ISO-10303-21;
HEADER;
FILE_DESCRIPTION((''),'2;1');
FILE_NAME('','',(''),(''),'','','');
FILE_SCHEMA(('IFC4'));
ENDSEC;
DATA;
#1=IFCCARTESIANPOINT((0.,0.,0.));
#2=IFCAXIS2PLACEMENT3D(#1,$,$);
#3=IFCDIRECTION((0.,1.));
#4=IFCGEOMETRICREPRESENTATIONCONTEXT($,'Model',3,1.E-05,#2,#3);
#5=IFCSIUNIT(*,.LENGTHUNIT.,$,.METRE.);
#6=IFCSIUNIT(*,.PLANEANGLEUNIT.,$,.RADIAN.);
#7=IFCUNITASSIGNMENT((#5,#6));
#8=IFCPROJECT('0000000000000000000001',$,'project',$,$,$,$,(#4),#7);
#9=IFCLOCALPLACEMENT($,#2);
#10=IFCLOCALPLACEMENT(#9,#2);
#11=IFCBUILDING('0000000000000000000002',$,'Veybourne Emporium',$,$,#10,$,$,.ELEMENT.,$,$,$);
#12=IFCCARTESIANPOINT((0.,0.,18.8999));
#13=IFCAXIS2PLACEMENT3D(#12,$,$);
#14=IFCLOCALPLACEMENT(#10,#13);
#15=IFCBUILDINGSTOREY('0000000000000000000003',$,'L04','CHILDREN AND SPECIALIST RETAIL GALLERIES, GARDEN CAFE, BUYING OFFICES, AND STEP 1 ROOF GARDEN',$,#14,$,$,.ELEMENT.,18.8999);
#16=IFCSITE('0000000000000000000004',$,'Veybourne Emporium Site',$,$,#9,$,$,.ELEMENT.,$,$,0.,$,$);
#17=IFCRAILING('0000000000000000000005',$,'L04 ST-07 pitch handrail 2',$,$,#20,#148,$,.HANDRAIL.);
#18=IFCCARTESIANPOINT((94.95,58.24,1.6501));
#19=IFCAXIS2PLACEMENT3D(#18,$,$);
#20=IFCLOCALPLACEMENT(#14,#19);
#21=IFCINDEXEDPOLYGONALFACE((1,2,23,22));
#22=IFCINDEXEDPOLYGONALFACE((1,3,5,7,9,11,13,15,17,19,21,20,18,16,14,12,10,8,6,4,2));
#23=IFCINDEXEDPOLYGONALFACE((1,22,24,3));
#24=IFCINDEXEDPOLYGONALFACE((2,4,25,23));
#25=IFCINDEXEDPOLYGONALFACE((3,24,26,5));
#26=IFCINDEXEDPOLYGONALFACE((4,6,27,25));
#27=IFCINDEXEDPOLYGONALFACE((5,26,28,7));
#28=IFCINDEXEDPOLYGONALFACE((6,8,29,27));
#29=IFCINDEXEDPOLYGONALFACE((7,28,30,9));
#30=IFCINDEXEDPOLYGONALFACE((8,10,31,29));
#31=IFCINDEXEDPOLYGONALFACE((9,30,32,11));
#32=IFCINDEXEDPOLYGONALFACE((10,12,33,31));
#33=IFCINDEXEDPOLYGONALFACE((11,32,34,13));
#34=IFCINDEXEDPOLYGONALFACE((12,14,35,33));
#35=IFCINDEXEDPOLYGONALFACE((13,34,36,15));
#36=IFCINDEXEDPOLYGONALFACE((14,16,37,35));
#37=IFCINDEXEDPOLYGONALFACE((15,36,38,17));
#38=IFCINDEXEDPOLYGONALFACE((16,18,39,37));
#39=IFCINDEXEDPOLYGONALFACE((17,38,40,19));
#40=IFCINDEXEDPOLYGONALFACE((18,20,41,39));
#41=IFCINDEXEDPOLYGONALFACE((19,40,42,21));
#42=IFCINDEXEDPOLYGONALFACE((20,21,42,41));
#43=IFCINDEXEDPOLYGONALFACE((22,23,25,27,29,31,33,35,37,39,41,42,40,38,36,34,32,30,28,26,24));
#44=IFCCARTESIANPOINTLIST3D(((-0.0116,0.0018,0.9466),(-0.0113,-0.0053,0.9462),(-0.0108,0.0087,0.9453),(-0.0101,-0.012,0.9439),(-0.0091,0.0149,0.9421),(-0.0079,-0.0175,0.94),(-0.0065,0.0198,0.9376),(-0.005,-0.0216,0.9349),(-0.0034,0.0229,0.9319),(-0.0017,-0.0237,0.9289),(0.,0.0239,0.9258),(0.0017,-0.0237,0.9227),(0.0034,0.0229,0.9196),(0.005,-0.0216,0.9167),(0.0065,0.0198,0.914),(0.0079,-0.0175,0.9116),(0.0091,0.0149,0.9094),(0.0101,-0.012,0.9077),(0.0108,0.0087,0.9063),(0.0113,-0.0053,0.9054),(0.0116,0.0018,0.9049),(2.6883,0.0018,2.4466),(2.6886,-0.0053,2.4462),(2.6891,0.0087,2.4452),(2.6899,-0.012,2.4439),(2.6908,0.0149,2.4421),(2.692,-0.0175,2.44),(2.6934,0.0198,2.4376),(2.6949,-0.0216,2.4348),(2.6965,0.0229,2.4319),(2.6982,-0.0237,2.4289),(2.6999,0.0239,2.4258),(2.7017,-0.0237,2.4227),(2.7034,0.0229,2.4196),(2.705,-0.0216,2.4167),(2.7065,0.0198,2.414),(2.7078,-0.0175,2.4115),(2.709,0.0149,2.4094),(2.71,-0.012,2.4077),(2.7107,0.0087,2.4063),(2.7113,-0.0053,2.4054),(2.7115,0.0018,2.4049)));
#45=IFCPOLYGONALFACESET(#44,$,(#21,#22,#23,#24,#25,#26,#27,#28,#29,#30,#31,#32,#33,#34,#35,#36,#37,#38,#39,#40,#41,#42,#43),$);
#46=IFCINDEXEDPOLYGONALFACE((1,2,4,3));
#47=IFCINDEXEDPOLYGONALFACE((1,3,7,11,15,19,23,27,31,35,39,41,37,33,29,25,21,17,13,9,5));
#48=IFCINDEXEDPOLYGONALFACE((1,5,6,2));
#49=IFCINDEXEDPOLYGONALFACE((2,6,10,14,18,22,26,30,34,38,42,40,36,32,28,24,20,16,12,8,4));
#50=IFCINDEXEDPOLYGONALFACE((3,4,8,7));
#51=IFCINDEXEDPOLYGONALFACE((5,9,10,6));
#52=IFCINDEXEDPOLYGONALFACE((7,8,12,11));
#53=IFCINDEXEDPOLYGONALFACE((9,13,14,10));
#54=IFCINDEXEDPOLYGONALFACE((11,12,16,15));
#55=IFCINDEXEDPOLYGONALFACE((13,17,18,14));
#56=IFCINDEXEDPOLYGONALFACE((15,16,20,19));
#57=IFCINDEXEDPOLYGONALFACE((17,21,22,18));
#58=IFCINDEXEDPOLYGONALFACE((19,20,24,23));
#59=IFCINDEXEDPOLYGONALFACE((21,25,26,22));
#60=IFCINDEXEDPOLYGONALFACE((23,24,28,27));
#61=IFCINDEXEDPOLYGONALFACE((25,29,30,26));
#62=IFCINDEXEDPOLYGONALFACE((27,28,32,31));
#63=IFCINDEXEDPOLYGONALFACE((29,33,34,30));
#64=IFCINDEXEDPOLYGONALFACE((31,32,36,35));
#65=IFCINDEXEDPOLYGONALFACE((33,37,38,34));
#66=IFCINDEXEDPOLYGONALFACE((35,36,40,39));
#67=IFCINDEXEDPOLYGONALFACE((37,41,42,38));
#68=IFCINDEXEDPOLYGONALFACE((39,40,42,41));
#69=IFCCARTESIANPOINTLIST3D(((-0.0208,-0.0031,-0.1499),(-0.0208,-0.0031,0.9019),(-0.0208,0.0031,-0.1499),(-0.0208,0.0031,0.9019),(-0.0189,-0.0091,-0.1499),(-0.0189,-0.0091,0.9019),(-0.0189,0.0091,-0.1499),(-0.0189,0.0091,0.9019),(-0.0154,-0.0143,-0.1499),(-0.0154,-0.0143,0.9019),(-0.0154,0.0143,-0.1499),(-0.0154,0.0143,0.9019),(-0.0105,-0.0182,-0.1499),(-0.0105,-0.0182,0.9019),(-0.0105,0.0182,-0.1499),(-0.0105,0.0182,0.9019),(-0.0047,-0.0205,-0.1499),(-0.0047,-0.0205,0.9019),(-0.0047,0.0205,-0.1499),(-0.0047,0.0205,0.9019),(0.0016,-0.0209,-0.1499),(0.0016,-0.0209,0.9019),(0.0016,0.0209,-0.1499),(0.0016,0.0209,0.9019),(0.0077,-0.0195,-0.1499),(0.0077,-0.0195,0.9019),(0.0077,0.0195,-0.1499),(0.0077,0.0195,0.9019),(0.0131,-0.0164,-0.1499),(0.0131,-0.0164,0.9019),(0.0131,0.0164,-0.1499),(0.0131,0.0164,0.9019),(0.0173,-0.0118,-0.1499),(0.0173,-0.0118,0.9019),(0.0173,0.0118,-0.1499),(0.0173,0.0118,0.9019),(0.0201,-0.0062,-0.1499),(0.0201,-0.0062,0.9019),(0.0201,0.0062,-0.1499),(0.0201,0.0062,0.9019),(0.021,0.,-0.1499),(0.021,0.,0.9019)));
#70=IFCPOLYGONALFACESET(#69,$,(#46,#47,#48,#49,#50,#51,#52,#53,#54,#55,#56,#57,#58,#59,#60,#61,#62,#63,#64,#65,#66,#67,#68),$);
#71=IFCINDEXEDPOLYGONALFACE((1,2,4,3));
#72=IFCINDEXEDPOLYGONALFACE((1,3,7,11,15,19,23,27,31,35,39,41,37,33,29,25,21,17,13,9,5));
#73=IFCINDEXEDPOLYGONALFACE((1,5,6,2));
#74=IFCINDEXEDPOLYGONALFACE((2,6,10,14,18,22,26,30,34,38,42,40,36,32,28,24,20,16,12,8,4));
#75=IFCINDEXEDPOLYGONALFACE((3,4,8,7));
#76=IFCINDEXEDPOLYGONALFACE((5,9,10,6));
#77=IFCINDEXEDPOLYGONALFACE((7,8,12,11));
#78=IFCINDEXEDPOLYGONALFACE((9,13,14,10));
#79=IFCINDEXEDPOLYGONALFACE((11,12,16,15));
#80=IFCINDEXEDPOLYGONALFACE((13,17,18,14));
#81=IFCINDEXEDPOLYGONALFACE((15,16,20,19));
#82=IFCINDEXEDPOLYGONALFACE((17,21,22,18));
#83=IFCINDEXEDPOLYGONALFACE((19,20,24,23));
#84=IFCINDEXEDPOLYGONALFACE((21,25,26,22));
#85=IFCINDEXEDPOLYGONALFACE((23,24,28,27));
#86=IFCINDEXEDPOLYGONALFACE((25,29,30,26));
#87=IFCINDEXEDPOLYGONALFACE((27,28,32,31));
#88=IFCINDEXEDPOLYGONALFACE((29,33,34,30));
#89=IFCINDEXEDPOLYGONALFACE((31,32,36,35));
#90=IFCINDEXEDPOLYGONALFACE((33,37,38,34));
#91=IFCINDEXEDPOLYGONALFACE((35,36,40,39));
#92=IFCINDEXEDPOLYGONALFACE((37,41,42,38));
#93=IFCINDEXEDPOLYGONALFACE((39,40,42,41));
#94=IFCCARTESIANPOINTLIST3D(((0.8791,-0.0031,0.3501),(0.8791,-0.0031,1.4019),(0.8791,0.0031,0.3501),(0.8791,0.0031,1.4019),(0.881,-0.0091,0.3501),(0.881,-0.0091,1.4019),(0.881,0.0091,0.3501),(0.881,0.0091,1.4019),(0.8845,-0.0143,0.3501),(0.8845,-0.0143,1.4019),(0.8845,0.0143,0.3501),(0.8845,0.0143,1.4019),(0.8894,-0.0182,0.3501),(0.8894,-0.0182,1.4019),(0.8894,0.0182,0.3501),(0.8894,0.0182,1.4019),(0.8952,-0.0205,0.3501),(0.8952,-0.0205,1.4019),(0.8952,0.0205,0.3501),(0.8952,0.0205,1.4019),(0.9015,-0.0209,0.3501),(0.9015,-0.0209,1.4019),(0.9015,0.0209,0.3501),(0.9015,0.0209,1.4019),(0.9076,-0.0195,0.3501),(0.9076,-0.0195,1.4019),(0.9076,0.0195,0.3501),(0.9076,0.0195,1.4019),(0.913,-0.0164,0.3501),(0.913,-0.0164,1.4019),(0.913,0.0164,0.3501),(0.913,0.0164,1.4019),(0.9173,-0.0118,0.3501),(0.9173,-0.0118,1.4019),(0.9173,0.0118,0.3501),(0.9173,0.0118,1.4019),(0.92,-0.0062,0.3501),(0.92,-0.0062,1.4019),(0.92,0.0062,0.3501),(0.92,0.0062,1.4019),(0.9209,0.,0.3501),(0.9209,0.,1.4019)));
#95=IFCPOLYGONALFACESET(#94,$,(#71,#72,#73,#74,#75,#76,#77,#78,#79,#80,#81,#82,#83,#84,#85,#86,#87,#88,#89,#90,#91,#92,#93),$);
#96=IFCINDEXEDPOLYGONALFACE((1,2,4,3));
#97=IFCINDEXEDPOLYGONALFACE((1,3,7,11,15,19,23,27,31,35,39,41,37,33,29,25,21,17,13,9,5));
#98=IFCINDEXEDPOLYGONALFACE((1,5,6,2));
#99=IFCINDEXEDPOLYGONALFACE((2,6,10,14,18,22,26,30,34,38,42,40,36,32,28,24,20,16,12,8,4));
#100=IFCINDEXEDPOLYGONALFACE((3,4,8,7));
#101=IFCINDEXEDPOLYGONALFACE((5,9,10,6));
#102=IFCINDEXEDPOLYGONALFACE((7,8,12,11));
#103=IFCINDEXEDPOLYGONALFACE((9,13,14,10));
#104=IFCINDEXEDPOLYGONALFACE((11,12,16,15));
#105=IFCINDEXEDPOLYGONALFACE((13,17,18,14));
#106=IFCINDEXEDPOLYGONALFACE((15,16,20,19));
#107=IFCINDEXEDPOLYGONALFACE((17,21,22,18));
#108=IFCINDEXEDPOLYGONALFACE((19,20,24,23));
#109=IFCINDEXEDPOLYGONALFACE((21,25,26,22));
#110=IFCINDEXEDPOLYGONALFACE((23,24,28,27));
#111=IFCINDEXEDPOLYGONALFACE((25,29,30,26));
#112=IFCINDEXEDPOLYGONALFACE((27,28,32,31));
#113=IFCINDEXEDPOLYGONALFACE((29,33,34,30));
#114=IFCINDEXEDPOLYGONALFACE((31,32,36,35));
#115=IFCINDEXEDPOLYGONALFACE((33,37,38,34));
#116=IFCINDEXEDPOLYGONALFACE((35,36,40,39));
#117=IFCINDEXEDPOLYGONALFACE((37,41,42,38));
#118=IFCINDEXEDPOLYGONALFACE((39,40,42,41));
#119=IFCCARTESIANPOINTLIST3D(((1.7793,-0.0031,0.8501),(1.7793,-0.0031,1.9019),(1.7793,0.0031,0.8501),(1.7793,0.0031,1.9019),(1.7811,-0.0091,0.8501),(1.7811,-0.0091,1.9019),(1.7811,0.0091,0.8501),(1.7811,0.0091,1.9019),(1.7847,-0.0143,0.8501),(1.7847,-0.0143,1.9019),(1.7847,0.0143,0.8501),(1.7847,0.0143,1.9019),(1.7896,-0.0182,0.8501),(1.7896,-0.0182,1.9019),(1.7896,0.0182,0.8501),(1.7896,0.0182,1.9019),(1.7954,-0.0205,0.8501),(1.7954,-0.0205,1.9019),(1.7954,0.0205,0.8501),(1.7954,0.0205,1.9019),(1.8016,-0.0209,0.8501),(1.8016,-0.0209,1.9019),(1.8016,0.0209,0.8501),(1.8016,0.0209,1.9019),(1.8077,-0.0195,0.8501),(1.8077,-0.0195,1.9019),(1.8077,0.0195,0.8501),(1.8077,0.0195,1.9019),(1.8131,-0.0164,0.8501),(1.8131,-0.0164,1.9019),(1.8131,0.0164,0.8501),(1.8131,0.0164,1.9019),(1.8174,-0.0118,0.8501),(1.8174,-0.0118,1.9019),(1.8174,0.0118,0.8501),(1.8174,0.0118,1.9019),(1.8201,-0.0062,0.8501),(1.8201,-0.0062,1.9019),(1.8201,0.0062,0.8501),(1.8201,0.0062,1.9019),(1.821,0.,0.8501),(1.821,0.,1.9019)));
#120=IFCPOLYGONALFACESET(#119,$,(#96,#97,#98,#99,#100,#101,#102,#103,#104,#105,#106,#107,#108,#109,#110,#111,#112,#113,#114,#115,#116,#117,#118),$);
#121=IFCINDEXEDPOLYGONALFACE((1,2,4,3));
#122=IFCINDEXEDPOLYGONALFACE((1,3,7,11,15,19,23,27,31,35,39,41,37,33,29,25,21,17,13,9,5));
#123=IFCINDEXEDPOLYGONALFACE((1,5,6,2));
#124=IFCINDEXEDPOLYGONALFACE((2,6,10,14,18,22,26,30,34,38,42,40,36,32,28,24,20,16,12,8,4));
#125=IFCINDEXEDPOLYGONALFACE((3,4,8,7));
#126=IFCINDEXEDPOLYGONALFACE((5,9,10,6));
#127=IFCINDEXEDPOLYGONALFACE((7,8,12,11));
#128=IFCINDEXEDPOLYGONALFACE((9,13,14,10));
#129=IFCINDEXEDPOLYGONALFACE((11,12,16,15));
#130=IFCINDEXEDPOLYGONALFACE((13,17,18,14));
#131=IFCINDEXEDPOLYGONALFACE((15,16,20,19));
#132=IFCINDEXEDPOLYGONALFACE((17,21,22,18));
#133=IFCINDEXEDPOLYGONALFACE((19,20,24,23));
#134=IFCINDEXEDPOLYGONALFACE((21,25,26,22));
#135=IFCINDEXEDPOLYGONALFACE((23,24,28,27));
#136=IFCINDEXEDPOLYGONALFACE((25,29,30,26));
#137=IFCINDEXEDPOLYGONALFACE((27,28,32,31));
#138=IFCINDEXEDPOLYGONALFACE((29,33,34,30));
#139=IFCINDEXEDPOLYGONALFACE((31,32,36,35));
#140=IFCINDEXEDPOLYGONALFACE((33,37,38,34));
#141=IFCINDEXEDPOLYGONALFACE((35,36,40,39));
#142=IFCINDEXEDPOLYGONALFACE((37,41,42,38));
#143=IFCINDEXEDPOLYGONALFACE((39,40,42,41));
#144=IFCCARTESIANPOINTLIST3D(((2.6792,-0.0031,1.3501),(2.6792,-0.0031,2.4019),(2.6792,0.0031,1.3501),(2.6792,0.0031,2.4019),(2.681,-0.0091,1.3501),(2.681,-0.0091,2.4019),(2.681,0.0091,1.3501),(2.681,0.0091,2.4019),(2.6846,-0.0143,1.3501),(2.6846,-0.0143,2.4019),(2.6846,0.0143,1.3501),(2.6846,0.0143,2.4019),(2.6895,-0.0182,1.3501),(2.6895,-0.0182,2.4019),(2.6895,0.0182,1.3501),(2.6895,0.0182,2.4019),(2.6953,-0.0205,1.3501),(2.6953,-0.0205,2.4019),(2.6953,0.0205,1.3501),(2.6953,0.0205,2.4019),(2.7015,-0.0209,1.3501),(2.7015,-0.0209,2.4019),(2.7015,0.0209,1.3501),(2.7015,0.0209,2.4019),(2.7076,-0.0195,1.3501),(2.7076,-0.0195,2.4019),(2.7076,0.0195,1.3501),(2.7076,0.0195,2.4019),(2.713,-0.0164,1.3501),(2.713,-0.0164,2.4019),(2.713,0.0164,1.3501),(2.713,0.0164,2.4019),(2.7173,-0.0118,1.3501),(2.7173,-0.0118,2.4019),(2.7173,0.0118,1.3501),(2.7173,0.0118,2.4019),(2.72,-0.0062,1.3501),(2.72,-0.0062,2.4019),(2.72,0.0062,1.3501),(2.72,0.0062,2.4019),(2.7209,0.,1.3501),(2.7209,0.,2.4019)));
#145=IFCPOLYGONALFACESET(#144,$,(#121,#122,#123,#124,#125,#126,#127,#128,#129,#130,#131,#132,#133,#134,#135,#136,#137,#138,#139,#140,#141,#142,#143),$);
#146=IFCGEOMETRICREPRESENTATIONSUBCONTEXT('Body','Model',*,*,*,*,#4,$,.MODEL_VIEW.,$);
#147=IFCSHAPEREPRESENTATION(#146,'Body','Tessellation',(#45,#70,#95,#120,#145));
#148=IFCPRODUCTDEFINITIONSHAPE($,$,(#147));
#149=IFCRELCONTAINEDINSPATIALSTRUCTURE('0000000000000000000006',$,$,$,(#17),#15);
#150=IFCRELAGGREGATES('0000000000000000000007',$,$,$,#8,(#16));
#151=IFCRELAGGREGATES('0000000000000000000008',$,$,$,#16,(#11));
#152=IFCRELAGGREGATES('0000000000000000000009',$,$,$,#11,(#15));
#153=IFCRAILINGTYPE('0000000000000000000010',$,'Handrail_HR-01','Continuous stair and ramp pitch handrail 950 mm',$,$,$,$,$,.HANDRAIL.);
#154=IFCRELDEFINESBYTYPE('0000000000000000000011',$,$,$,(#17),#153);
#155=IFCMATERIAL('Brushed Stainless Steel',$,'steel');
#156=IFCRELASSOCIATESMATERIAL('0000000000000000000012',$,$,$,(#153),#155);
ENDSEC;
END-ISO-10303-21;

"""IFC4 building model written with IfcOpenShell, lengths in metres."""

from ifc_helpers import new_model, si_unit, direction, frame, origin, origin_2d, place, context, subcontext, project, spatial, circle, extrude, material, type_object, element, save


model = new_model("IFC4")

# Units and contexts
model_context = context("Model", 3, precision=1e-05, world=origin(), true_north=direction((0.0, 1.0)))
body_context = subcontext(model_context, "Body", "Model", "MODEL_VIEW")
ifc_project = project(units=[si_unit("LENGTHUNIT", "METRE"), si_unit("PLANEANGLEUNIT", "RADIAN")], contexts=[model_context])

# Site, building, storey
site_placement = place(None, origin())
site = spatial("IfcSite", under=ifc_project, at=site_placement, Name="Veybourne Emporium Site", CompositionType="ELEMENT", RefElevation=0.0)
building_placement = place(site_placement, origin())
building = spatial("IfcBuilding", under=site, at=building_placement, Name="Veybourne Emporium", CompositionType="ELEMENT")
storey_placement = place(building_placement, frame((0.0, 0.0, 18.8999)))
storey = spatial("IfcBuildingStorey", under=building, at=storey_placement, Name="L04", Description="CHILDREN AND SPECIALIST RETAIL GALLERIES, GARDEN CAFE, BUYING OFFICES, AND STEP 1 ROOF GARDEN", CompositionType="ELEMENT", Elevation=18.8999)

# Railing
ifc_material_1 = material(Name="Brushed Stainless Steel", Category="steel")
railing_type_1 = type_object("IfcRailingType", Name="Handrail_HR-01", Description="Continuous stair and ramp pitch handrail 950 mm", PredefinedType="HANDRAIL", material=ifc_material_1)
railing_1_placement = place(storey_placement, frame((94.95, 58.24, 1.6501)))
element("IfcRailing", 1, at=railing_1_placement, inside=storey, type_object=railing_type_1, Name="L04 ST-07 pitch handrail 2", PredefinedType="HANDRAIL", context=body_context, shape_type="SweptSolid", body=[
    extrude(circle(Radius=0.0239, at=origin_2d()), frame((0.0, 0.0, 0.9258), z_axis=(0.874154, 0.0, 0.48565), x_axis=(0.0, 1.0, 0.0)), (0.0, 0.0, 1.0), 3.0886),
    extrude(circle(Radius=0.021, at=origin_2d()), frame((0.0, 0.0, -0.1499)), (0.0, 0.0, 1.0), 1.0518),
    extrude(circle(Radius=0.021, at=origin_2d()), frame((0.8999, 0.0, 0.3501)), (0.0, 0.0, 1.0), 1.0518),
    extrude(circle(Radius=0.021, at=origin_2d()), frame((1.8, 0.0, 0.8501)), (0.0, 0.0, 1.0), 1.0518),
    extrude(circle(Radius=0.021, at=origin_2d()), frame((2.7, 0.0, 1.3501)), (0.0, 0.0, 1.0), 1.0518),
])

save(model, "model.ifc")
